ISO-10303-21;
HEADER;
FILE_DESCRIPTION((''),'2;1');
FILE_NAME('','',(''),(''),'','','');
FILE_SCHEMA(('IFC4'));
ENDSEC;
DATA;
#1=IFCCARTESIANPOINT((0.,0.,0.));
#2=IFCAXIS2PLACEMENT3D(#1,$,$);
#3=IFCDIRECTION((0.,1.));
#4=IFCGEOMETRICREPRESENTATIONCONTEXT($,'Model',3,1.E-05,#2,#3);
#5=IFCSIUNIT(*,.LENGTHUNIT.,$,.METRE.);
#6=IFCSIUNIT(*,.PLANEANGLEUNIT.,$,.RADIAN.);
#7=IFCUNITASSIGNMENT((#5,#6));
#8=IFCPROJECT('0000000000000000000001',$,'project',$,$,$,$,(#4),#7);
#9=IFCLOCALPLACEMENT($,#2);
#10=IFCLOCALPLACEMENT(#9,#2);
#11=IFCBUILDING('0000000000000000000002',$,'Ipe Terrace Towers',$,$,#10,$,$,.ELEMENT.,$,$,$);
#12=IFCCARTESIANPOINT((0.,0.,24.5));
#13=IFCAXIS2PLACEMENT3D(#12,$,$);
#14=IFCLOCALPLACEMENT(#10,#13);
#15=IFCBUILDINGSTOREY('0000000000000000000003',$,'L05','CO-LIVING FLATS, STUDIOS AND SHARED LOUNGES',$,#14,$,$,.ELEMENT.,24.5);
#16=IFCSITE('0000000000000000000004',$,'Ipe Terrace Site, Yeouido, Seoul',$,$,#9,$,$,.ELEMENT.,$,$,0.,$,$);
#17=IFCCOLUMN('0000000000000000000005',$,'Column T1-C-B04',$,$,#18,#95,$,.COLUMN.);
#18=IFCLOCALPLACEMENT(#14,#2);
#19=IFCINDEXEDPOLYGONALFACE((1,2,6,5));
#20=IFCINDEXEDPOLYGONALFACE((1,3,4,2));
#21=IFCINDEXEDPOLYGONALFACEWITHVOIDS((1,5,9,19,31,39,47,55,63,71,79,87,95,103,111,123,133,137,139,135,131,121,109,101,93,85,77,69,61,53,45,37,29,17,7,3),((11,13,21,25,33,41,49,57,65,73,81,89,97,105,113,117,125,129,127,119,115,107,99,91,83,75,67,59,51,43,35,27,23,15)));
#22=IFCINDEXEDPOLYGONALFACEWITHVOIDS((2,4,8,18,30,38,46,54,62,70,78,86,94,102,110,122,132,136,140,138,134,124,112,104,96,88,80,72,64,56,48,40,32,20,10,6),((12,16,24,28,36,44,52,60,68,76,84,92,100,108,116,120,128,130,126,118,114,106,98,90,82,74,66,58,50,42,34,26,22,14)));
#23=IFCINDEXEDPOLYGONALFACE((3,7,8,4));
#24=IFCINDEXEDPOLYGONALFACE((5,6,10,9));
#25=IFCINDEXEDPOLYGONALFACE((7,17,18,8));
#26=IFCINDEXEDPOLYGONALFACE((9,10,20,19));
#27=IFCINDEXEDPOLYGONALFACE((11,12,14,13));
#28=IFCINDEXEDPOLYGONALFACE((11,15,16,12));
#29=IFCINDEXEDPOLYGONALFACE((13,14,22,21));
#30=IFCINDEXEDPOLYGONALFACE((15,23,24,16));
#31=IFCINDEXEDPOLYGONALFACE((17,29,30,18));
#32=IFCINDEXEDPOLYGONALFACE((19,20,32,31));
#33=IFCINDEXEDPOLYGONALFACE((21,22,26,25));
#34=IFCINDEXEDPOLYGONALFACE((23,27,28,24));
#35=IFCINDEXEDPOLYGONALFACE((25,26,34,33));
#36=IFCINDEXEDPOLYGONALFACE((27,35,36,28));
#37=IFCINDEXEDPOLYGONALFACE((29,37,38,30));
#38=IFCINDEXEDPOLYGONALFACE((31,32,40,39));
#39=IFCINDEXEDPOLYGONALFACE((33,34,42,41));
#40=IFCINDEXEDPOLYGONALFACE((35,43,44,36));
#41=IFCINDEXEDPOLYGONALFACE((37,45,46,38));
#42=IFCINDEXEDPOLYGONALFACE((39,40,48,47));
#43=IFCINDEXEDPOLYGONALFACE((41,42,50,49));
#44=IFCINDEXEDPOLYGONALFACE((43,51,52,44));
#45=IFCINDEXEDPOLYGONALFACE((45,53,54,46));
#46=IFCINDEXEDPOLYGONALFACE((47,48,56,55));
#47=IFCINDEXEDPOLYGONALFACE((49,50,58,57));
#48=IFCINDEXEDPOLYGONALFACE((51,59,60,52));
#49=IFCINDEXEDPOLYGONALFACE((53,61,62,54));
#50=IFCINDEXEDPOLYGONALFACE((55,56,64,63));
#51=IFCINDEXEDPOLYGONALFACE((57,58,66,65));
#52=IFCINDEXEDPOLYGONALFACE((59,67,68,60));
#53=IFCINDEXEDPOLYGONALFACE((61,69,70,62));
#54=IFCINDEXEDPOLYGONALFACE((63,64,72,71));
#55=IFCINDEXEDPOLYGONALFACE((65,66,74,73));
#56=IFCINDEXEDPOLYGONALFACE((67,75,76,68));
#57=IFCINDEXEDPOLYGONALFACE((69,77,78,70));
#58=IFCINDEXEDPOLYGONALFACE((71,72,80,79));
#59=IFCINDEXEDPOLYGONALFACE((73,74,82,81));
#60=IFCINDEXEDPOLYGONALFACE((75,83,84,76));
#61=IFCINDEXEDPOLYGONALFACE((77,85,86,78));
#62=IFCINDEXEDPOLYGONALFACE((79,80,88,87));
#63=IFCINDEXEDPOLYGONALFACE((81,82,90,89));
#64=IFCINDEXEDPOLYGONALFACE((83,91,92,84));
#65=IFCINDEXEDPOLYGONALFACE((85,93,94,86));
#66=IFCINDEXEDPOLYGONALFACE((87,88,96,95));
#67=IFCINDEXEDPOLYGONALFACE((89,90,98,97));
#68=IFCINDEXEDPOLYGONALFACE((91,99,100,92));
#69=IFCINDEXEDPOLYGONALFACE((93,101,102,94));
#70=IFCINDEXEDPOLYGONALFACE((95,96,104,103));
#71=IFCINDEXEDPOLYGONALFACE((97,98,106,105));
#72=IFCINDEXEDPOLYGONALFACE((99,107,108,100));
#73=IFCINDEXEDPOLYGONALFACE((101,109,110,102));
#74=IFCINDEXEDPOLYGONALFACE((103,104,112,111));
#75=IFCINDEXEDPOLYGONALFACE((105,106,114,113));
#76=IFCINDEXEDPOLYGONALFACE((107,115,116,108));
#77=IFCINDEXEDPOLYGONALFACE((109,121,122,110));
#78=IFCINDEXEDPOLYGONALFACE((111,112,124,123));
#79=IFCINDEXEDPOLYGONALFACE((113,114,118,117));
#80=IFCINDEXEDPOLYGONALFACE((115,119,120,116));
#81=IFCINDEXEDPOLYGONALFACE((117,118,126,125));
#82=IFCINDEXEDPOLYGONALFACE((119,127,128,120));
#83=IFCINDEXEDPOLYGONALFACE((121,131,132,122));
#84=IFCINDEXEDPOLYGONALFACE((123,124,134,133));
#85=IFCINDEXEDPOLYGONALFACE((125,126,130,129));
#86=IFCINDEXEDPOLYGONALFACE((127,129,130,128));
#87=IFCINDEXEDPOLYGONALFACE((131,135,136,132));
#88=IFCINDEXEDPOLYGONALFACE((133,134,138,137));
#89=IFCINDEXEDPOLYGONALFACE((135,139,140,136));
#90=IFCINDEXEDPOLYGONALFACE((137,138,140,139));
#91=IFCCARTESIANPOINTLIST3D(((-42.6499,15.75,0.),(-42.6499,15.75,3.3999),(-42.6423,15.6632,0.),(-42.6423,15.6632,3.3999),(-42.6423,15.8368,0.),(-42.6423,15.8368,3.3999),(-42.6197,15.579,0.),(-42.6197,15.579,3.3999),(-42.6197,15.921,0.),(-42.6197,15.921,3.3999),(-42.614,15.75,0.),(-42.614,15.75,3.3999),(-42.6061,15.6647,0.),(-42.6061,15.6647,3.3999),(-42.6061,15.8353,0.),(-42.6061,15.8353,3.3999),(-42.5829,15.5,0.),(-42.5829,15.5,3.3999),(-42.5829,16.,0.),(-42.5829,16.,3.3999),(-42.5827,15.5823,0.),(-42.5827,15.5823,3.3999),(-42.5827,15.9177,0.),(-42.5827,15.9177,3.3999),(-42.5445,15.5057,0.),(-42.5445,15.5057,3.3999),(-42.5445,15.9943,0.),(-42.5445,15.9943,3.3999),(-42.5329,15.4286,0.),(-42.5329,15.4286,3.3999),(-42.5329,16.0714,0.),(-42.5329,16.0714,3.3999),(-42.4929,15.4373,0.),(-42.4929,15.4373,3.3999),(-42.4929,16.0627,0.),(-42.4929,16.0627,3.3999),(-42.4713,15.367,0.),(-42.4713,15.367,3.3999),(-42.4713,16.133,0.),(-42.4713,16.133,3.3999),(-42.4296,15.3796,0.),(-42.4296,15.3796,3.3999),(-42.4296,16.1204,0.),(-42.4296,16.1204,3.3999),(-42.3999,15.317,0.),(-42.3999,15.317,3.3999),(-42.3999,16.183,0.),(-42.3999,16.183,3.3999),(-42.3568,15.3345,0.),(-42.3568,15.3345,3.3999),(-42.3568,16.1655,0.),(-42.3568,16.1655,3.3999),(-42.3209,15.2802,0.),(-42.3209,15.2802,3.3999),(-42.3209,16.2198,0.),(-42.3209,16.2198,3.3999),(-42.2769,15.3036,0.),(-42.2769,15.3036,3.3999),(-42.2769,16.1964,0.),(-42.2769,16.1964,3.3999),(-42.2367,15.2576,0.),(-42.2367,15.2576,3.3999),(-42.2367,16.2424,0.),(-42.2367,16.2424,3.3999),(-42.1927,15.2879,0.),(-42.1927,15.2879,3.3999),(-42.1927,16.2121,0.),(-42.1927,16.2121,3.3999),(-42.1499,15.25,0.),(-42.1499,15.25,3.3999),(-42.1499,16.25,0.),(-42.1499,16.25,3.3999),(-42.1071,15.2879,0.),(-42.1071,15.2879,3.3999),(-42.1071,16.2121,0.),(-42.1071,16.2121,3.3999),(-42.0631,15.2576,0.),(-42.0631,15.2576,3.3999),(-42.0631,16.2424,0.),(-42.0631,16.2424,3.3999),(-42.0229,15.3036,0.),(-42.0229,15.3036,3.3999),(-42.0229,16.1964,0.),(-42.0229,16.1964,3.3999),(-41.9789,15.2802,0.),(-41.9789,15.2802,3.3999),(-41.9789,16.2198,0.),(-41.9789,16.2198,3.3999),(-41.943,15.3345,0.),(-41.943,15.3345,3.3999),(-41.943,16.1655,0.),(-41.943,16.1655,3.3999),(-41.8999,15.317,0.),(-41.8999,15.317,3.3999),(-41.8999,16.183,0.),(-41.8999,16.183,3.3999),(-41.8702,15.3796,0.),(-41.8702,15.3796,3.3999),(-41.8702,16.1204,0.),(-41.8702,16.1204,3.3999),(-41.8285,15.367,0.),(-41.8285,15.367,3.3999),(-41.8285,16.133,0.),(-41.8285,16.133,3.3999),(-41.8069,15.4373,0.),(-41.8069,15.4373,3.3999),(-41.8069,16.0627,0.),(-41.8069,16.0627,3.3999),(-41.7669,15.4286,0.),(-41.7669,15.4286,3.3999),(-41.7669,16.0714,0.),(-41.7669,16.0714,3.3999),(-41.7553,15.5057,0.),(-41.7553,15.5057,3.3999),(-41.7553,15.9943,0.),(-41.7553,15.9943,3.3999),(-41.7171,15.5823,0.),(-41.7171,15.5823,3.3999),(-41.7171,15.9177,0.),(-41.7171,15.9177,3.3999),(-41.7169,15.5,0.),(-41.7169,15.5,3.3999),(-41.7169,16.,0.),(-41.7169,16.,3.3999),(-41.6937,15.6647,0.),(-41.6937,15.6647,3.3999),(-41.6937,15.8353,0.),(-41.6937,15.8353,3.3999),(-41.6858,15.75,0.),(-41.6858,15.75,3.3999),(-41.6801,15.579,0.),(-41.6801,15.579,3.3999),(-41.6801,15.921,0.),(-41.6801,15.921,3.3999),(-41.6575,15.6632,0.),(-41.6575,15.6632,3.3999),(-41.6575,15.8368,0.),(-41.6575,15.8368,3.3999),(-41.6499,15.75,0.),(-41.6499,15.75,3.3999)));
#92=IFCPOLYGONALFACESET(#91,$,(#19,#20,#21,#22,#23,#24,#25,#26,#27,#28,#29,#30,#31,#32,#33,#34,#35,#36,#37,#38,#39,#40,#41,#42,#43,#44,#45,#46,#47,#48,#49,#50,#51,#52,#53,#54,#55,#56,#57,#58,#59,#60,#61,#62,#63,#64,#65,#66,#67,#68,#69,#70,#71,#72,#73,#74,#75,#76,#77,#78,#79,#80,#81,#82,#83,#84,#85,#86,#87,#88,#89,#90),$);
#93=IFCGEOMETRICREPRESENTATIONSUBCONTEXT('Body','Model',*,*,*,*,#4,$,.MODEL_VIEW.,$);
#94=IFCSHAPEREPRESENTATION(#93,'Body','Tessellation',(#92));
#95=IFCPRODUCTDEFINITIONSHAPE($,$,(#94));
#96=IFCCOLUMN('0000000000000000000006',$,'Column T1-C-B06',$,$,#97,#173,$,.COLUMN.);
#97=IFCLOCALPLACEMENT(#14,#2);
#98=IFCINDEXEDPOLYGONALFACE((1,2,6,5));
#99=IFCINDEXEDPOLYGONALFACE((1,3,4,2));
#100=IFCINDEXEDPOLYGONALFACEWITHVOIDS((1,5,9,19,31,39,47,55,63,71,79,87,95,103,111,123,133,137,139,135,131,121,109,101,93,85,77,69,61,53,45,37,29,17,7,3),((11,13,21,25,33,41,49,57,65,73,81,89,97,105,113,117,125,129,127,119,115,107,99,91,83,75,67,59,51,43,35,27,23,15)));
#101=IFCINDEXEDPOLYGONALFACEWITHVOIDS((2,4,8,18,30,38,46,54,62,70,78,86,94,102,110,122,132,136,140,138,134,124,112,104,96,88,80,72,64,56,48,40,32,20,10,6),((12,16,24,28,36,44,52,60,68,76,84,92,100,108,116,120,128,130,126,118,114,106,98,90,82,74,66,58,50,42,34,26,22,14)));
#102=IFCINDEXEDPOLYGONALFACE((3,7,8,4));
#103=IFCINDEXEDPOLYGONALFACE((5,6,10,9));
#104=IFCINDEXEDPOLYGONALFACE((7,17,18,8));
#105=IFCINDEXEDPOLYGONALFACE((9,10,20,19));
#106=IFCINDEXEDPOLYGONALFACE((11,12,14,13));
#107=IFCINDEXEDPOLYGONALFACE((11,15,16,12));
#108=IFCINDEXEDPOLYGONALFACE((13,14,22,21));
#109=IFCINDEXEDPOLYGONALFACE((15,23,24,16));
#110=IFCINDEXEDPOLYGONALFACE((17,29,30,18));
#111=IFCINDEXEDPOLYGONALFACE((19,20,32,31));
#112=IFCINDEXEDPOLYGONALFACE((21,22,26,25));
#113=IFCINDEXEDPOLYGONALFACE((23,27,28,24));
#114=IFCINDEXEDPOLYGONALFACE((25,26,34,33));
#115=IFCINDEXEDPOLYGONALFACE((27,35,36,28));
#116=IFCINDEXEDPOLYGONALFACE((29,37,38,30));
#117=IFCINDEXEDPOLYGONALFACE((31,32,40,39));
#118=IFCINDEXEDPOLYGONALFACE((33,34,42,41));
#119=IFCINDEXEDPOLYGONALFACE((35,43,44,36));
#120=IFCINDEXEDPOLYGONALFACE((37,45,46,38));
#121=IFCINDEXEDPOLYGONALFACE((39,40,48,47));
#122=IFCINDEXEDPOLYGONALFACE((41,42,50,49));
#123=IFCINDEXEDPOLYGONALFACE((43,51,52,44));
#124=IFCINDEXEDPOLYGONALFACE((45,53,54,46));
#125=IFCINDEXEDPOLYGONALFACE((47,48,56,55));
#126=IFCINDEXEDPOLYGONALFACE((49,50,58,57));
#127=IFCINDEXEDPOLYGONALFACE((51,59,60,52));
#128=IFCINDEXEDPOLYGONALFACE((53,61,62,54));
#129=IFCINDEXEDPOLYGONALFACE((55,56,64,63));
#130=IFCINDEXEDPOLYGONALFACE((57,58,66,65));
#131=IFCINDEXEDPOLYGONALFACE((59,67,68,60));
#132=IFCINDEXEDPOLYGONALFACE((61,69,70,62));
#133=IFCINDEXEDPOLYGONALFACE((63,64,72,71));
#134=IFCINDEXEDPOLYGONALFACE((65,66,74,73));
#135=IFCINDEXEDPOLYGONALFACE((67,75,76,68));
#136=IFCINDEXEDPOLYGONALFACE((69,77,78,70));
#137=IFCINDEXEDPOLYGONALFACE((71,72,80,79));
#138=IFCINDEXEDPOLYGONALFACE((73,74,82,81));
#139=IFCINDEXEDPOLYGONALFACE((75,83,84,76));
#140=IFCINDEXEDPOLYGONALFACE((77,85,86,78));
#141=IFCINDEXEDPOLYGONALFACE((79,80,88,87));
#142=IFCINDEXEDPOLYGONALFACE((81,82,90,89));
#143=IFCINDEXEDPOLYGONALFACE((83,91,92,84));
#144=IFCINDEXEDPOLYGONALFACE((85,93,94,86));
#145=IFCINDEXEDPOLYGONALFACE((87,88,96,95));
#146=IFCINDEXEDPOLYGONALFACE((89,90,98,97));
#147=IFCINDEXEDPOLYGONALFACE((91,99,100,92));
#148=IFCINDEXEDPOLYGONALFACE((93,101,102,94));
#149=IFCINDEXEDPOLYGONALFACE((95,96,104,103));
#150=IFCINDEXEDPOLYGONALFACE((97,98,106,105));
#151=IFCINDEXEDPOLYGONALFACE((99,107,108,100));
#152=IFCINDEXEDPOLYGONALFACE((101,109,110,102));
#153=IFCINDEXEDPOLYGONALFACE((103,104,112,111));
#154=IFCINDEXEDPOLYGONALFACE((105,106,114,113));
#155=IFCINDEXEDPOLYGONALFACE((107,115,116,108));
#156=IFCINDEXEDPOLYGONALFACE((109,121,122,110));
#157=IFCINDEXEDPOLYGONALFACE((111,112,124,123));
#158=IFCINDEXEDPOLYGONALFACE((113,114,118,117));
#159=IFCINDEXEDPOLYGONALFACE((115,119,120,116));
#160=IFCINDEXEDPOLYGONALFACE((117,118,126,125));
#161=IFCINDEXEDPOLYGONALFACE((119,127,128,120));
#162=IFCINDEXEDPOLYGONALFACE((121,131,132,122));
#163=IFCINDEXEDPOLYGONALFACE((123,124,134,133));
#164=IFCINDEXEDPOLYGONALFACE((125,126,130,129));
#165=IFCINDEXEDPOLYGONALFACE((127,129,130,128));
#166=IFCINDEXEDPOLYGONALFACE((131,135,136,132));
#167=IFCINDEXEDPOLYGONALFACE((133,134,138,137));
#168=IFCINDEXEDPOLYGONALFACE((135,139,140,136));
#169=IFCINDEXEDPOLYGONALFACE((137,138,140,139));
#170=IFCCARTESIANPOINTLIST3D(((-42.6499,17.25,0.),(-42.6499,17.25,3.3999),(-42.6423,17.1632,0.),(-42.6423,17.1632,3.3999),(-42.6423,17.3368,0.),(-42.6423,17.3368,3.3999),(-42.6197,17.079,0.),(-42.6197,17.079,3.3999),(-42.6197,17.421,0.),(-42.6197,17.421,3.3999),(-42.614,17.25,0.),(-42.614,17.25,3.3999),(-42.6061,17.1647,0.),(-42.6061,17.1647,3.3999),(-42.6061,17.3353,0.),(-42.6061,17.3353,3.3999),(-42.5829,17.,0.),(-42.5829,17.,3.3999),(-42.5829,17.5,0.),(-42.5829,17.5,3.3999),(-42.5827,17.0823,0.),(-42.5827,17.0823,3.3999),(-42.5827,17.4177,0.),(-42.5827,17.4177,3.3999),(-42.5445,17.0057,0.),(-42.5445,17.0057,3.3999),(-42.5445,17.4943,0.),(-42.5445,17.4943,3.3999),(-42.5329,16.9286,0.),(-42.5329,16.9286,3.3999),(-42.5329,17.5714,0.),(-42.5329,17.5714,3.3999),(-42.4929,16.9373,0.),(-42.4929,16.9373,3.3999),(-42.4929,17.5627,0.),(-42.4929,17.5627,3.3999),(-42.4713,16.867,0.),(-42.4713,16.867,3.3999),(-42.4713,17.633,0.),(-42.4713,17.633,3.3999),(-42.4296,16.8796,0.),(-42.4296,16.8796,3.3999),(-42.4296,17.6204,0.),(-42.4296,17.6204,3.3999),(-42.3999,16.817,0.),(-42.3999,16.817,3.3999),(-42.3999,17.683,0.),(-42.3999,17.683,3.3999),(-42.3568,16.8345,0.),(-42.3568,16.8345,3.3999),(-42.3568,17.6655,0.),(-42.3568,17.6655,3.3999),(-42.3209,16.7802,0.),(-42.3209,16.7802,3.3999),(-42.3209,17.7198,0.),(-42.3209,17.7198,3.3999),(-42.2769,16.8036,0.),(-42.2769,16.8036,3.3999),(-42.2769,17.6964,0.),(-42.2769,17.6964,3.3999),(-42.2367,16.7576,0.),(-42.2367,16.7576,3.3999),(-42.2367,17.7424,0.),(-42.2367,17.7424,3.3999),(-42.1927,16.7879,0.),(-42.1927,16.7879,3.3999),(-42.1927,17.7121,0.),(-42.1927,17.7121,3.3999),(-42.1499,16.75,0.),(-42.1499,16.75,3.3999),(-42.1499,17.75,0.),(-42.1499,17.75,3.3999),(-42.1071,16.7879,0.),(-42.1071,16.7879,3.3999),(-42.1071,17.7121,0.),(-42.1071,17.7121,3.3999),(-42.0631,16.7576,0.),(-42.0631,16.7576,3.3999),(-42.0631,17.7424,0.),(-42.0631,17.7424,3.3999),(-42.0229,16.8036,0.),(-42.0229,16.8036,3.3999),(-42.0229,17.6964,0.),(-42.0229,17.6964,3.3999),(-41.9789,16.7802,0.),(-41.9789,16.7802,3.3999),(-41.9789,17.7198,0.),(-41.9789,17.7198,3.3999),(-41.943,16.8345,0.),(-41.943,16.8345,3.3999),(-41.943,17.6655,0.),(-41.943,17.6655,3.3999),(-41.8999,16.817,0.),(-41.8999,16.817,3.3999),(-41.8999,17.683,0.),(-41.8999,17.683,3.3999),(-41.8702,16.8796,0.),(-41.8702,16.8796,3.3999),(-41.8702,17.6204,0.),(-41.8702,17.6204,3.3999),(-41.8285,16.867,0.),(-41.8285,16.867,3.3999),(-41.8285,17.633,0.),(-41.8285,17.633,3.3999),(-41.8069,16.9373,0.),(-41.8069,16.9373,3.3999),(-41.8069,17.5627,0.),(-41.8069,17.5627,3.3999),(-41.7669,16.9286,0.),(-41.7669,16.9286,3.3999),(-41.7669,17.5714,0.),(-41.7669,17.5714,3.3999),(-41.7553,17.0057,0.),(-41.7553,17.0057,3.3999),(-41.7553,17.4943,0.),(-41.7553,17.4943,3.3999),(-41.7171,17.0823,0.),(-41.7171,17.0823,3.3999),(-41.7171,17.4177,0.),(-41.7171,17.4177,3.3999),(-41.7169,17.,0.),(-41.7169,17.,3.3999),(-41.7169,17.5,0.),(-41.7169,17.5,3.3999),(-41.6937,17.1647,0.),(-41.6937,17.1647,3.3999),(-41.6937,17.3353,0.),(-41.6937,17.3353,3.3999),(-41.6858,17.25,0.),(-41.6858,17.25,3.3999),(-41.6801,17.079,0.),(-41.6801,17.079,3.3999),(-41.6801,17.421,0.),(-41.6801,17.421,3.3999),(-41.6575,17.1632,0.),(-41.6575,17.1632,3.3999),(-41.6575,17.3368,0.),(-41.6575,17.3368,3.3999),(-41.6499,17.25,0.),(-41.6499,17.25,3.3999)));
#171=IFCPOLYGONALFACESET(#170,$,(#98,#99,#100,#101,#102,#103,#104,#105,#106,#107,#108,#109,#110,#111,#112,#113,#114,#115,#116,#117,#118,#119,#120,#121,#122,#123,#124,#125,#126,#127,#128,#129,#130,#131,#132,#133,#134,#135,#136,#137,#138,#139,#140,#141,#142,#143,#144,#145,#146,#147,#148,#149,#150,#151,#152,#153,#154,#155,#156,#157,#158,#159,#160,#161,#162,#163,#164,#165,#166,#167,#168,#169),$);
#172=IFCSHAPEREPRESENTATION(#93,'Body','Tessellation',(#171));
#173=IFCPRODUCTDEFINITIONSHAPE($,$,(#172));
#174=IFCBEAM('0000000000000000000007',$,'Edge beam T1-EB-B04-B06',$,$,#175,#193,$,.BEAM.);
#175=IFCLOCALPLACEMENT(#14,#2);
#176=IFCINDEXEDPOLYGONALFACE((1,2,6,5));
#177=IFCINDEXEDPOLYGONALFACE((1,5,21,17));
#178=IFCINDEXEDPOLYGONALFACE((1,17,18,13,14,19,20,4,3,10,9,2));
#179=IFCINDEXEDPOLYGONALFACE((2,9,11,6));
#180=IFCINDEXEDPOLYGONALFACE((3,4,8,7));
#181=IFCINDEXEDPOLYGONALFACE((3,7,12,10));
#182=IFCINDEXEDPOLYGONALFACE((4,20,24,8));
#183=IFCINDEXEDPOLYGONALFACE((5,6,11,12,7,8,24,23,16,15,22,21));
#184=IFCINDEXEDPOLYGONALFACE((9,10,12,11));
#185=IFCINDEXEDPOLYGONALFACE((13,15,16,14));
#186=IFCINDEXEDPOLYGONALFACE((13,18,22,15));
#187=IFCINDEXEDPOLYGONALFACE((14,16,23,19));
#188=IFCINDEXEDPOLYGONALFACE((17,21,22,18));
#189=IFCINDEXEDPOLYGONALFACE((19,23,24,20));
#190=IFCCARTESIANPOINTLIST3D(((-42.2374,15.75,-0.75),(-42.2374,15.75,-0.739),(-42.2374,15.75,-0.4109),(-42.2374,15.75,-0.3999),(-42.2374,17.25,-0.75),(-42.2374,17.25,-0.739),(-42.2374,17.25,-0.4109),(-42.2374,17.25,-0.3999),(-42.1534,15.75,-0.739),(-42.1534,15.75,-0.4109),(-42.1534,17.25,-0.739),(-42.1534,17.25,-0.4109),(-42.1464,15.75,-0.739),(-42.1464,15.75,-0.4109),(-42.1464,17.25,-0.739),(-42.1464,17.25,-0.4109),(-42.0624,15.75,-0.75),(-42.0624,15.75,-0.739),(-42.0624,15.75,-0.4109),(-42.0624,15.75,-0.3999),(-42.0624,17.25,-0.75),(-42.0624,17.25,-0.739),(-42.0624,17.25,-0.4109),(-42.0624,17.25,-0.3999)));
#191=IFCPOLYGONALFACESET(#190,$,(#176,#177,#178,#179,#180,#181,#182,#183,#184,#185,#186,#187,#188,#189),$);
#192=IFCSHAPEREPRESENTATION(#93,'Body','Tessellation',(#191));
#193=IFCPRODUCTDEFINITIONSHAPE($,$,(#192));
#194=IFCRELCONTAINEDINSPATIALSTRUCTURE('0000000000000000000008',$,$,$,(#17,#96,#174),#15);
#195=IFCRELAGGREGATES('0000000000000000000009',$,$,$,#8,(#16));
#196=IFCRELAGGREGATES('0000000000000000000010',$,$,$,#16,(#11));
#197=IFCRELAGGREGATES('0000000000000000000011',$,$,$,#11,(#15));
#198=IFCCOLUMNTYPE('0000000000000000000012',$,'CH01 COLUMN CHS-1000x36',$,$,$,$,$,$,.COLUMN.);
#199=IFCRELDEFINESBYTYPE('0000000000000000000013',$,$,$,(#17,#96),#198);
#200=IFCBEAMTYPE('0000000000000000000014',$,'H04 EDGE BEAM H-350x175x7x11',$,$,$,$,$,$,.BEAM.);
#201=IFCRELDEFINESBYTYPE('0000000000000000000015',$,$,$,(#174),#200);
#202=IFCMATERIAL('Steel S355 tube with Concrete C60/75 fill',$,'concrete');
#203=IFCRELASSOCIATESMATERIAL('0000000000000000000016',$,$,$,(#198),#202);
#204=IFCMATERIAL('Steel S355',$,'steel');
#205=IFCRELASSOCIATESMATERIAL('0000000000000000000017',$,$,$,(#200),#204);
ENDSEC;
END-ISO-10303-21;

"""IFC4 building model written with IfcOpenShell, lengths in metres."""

from ifc_helpers import new_model, si_unit, direction, frame, origin, origin_2d, place, context, subcontext, project, spatial, hollow_circle, i_section, extrude, material, material_profile, profile_set, type_object, element, save


model = new_model("IFC4")

# Units and contexts
model_context = context("Model", 3, precision=1e-05, world=origin(), true_north=direction((0.0, 1.0)))
body_context = subcontext(model_context, "Body", "Model", "MODEL_VIEW")
ifc_project = project(units=[si_unit("LENGTHUNIT", "METRE"), si_unit("PLANEANGLEUNIT", "RADIAN")], contexts=[model_context])

# Site, building, storey
site_placement = place(None, origin())
site = spatial("IfcSite", under=ifc_project, at=site_placement, Name="Ipe Terrace Site, Yeouido, Seoul", CompositionType="ELEMENT", RefElevation=0.0)
building_placement = place(site_placement, origin())
building = spatial("IfcBuilding", under=site, at=building_placement, Name="Ipe Terrace Towers", CompositionType="ELEMENT")
storey_placement = place(building_placement, frame((0.0, 0.0, 24.5)))
storey = spatial("IfcBuildingStorey", under=building, at=storey_placement, Name="L05", Description="CO-LIVING FLATS, STUDIOS AND SHARED LOUNGES", CompositionType="ELEMENT", Elevation=24.5)

# Columns
ifc_material_1 = material(Name="Steel S355 tube with Concrete C60/75 fill", Category="concrete")
ifc_material_profile_1 = material_profile(ifc_material_1, hollow_circle(Radius=0.5, WallThickness=0.0359, at=origin_2d()), Name="CHS-1000x36")
ifc_profile_set_1 = profile_set([ifc_material_profile_1], Name="Steel S355 tube with Concrete C60/75 fill")
column_type = type_object("IfcColumnType", Name="CH01 COLUMN CHS-1000x36", PredefinedType="COLUMN", material=ifc_profile_set_1)
for number, where, z_axis, x_axis, name in (
    (1, (-42.1499, 15.75, 0.0), (0.0, 0.0, 1.0), (1.0, 0.0, 0.0), "Column T1-C-B04"),
    (2, (-42.1499, 17.25, 0.0), (0.0, 0.0, 1.0), (1.0, 0.0, 0.0), "Column T1-C-B06"),
):
    element("IfcColumn", number, at=place(storey_placement, frame(where, z_axis=z_axis, x_axis=x_axis)), inside=storey, type_object=column_type, Name=name, PredefinedType="COLUMN", context=body_context, shape_type="SweptSolid", body=[
        extrude(hollow_circle(Radius=0.5, WallThickness=0.0359, at=origin_2d()), origin(), (0.0, 0.0, 1.0), 3.3999),
    ])

# Beam
ifc_material_2 = material(Name="Steel S355", Category="steel")
ifc_material_profile_2 = material_profile(ifc_material_2, i_section(OverallWidth=0.175, OverallDepth=0.3501, WebThickness=0.0071, FlangeThickness=0.011, at=origin_2d()), Name="H-350x175x7x11")
ifc_profile_set_2 = profile_set([ifc_material_profile_2], Name="Steel S355")
beam_type_1 = type_object("IfcBeamType", Name="H04 EDGE BEAM H-350x175x7x11", PredefinedType="BEAM", material=ifc_profile_set_2)
beam_1_placement = place(storey_placement, frame((-42.1499, 15.75, -0.575), z_axis=(0.0, 1.0, 0.0), x_axis=(-1.0, 0.0, 0.0)))
element("IfcBeam", 3, at=beam_1_placement, inside=storey, type_object=beam_type_1, Name="Edge beam T1-EB-B04-B06", PredefinedType="BEAM", context=body_context, shape_type="SweptSolid", body=[
    extrude(i_section(OverallWidth=0.175, OverallDepth=0.3501, WebThickness=0.0071, FlangeThickness=0.011, at=origin_2d()), origin(), (0.0, 0.0, 1.0), 1.5),
])

save(model, "model.ifc")
